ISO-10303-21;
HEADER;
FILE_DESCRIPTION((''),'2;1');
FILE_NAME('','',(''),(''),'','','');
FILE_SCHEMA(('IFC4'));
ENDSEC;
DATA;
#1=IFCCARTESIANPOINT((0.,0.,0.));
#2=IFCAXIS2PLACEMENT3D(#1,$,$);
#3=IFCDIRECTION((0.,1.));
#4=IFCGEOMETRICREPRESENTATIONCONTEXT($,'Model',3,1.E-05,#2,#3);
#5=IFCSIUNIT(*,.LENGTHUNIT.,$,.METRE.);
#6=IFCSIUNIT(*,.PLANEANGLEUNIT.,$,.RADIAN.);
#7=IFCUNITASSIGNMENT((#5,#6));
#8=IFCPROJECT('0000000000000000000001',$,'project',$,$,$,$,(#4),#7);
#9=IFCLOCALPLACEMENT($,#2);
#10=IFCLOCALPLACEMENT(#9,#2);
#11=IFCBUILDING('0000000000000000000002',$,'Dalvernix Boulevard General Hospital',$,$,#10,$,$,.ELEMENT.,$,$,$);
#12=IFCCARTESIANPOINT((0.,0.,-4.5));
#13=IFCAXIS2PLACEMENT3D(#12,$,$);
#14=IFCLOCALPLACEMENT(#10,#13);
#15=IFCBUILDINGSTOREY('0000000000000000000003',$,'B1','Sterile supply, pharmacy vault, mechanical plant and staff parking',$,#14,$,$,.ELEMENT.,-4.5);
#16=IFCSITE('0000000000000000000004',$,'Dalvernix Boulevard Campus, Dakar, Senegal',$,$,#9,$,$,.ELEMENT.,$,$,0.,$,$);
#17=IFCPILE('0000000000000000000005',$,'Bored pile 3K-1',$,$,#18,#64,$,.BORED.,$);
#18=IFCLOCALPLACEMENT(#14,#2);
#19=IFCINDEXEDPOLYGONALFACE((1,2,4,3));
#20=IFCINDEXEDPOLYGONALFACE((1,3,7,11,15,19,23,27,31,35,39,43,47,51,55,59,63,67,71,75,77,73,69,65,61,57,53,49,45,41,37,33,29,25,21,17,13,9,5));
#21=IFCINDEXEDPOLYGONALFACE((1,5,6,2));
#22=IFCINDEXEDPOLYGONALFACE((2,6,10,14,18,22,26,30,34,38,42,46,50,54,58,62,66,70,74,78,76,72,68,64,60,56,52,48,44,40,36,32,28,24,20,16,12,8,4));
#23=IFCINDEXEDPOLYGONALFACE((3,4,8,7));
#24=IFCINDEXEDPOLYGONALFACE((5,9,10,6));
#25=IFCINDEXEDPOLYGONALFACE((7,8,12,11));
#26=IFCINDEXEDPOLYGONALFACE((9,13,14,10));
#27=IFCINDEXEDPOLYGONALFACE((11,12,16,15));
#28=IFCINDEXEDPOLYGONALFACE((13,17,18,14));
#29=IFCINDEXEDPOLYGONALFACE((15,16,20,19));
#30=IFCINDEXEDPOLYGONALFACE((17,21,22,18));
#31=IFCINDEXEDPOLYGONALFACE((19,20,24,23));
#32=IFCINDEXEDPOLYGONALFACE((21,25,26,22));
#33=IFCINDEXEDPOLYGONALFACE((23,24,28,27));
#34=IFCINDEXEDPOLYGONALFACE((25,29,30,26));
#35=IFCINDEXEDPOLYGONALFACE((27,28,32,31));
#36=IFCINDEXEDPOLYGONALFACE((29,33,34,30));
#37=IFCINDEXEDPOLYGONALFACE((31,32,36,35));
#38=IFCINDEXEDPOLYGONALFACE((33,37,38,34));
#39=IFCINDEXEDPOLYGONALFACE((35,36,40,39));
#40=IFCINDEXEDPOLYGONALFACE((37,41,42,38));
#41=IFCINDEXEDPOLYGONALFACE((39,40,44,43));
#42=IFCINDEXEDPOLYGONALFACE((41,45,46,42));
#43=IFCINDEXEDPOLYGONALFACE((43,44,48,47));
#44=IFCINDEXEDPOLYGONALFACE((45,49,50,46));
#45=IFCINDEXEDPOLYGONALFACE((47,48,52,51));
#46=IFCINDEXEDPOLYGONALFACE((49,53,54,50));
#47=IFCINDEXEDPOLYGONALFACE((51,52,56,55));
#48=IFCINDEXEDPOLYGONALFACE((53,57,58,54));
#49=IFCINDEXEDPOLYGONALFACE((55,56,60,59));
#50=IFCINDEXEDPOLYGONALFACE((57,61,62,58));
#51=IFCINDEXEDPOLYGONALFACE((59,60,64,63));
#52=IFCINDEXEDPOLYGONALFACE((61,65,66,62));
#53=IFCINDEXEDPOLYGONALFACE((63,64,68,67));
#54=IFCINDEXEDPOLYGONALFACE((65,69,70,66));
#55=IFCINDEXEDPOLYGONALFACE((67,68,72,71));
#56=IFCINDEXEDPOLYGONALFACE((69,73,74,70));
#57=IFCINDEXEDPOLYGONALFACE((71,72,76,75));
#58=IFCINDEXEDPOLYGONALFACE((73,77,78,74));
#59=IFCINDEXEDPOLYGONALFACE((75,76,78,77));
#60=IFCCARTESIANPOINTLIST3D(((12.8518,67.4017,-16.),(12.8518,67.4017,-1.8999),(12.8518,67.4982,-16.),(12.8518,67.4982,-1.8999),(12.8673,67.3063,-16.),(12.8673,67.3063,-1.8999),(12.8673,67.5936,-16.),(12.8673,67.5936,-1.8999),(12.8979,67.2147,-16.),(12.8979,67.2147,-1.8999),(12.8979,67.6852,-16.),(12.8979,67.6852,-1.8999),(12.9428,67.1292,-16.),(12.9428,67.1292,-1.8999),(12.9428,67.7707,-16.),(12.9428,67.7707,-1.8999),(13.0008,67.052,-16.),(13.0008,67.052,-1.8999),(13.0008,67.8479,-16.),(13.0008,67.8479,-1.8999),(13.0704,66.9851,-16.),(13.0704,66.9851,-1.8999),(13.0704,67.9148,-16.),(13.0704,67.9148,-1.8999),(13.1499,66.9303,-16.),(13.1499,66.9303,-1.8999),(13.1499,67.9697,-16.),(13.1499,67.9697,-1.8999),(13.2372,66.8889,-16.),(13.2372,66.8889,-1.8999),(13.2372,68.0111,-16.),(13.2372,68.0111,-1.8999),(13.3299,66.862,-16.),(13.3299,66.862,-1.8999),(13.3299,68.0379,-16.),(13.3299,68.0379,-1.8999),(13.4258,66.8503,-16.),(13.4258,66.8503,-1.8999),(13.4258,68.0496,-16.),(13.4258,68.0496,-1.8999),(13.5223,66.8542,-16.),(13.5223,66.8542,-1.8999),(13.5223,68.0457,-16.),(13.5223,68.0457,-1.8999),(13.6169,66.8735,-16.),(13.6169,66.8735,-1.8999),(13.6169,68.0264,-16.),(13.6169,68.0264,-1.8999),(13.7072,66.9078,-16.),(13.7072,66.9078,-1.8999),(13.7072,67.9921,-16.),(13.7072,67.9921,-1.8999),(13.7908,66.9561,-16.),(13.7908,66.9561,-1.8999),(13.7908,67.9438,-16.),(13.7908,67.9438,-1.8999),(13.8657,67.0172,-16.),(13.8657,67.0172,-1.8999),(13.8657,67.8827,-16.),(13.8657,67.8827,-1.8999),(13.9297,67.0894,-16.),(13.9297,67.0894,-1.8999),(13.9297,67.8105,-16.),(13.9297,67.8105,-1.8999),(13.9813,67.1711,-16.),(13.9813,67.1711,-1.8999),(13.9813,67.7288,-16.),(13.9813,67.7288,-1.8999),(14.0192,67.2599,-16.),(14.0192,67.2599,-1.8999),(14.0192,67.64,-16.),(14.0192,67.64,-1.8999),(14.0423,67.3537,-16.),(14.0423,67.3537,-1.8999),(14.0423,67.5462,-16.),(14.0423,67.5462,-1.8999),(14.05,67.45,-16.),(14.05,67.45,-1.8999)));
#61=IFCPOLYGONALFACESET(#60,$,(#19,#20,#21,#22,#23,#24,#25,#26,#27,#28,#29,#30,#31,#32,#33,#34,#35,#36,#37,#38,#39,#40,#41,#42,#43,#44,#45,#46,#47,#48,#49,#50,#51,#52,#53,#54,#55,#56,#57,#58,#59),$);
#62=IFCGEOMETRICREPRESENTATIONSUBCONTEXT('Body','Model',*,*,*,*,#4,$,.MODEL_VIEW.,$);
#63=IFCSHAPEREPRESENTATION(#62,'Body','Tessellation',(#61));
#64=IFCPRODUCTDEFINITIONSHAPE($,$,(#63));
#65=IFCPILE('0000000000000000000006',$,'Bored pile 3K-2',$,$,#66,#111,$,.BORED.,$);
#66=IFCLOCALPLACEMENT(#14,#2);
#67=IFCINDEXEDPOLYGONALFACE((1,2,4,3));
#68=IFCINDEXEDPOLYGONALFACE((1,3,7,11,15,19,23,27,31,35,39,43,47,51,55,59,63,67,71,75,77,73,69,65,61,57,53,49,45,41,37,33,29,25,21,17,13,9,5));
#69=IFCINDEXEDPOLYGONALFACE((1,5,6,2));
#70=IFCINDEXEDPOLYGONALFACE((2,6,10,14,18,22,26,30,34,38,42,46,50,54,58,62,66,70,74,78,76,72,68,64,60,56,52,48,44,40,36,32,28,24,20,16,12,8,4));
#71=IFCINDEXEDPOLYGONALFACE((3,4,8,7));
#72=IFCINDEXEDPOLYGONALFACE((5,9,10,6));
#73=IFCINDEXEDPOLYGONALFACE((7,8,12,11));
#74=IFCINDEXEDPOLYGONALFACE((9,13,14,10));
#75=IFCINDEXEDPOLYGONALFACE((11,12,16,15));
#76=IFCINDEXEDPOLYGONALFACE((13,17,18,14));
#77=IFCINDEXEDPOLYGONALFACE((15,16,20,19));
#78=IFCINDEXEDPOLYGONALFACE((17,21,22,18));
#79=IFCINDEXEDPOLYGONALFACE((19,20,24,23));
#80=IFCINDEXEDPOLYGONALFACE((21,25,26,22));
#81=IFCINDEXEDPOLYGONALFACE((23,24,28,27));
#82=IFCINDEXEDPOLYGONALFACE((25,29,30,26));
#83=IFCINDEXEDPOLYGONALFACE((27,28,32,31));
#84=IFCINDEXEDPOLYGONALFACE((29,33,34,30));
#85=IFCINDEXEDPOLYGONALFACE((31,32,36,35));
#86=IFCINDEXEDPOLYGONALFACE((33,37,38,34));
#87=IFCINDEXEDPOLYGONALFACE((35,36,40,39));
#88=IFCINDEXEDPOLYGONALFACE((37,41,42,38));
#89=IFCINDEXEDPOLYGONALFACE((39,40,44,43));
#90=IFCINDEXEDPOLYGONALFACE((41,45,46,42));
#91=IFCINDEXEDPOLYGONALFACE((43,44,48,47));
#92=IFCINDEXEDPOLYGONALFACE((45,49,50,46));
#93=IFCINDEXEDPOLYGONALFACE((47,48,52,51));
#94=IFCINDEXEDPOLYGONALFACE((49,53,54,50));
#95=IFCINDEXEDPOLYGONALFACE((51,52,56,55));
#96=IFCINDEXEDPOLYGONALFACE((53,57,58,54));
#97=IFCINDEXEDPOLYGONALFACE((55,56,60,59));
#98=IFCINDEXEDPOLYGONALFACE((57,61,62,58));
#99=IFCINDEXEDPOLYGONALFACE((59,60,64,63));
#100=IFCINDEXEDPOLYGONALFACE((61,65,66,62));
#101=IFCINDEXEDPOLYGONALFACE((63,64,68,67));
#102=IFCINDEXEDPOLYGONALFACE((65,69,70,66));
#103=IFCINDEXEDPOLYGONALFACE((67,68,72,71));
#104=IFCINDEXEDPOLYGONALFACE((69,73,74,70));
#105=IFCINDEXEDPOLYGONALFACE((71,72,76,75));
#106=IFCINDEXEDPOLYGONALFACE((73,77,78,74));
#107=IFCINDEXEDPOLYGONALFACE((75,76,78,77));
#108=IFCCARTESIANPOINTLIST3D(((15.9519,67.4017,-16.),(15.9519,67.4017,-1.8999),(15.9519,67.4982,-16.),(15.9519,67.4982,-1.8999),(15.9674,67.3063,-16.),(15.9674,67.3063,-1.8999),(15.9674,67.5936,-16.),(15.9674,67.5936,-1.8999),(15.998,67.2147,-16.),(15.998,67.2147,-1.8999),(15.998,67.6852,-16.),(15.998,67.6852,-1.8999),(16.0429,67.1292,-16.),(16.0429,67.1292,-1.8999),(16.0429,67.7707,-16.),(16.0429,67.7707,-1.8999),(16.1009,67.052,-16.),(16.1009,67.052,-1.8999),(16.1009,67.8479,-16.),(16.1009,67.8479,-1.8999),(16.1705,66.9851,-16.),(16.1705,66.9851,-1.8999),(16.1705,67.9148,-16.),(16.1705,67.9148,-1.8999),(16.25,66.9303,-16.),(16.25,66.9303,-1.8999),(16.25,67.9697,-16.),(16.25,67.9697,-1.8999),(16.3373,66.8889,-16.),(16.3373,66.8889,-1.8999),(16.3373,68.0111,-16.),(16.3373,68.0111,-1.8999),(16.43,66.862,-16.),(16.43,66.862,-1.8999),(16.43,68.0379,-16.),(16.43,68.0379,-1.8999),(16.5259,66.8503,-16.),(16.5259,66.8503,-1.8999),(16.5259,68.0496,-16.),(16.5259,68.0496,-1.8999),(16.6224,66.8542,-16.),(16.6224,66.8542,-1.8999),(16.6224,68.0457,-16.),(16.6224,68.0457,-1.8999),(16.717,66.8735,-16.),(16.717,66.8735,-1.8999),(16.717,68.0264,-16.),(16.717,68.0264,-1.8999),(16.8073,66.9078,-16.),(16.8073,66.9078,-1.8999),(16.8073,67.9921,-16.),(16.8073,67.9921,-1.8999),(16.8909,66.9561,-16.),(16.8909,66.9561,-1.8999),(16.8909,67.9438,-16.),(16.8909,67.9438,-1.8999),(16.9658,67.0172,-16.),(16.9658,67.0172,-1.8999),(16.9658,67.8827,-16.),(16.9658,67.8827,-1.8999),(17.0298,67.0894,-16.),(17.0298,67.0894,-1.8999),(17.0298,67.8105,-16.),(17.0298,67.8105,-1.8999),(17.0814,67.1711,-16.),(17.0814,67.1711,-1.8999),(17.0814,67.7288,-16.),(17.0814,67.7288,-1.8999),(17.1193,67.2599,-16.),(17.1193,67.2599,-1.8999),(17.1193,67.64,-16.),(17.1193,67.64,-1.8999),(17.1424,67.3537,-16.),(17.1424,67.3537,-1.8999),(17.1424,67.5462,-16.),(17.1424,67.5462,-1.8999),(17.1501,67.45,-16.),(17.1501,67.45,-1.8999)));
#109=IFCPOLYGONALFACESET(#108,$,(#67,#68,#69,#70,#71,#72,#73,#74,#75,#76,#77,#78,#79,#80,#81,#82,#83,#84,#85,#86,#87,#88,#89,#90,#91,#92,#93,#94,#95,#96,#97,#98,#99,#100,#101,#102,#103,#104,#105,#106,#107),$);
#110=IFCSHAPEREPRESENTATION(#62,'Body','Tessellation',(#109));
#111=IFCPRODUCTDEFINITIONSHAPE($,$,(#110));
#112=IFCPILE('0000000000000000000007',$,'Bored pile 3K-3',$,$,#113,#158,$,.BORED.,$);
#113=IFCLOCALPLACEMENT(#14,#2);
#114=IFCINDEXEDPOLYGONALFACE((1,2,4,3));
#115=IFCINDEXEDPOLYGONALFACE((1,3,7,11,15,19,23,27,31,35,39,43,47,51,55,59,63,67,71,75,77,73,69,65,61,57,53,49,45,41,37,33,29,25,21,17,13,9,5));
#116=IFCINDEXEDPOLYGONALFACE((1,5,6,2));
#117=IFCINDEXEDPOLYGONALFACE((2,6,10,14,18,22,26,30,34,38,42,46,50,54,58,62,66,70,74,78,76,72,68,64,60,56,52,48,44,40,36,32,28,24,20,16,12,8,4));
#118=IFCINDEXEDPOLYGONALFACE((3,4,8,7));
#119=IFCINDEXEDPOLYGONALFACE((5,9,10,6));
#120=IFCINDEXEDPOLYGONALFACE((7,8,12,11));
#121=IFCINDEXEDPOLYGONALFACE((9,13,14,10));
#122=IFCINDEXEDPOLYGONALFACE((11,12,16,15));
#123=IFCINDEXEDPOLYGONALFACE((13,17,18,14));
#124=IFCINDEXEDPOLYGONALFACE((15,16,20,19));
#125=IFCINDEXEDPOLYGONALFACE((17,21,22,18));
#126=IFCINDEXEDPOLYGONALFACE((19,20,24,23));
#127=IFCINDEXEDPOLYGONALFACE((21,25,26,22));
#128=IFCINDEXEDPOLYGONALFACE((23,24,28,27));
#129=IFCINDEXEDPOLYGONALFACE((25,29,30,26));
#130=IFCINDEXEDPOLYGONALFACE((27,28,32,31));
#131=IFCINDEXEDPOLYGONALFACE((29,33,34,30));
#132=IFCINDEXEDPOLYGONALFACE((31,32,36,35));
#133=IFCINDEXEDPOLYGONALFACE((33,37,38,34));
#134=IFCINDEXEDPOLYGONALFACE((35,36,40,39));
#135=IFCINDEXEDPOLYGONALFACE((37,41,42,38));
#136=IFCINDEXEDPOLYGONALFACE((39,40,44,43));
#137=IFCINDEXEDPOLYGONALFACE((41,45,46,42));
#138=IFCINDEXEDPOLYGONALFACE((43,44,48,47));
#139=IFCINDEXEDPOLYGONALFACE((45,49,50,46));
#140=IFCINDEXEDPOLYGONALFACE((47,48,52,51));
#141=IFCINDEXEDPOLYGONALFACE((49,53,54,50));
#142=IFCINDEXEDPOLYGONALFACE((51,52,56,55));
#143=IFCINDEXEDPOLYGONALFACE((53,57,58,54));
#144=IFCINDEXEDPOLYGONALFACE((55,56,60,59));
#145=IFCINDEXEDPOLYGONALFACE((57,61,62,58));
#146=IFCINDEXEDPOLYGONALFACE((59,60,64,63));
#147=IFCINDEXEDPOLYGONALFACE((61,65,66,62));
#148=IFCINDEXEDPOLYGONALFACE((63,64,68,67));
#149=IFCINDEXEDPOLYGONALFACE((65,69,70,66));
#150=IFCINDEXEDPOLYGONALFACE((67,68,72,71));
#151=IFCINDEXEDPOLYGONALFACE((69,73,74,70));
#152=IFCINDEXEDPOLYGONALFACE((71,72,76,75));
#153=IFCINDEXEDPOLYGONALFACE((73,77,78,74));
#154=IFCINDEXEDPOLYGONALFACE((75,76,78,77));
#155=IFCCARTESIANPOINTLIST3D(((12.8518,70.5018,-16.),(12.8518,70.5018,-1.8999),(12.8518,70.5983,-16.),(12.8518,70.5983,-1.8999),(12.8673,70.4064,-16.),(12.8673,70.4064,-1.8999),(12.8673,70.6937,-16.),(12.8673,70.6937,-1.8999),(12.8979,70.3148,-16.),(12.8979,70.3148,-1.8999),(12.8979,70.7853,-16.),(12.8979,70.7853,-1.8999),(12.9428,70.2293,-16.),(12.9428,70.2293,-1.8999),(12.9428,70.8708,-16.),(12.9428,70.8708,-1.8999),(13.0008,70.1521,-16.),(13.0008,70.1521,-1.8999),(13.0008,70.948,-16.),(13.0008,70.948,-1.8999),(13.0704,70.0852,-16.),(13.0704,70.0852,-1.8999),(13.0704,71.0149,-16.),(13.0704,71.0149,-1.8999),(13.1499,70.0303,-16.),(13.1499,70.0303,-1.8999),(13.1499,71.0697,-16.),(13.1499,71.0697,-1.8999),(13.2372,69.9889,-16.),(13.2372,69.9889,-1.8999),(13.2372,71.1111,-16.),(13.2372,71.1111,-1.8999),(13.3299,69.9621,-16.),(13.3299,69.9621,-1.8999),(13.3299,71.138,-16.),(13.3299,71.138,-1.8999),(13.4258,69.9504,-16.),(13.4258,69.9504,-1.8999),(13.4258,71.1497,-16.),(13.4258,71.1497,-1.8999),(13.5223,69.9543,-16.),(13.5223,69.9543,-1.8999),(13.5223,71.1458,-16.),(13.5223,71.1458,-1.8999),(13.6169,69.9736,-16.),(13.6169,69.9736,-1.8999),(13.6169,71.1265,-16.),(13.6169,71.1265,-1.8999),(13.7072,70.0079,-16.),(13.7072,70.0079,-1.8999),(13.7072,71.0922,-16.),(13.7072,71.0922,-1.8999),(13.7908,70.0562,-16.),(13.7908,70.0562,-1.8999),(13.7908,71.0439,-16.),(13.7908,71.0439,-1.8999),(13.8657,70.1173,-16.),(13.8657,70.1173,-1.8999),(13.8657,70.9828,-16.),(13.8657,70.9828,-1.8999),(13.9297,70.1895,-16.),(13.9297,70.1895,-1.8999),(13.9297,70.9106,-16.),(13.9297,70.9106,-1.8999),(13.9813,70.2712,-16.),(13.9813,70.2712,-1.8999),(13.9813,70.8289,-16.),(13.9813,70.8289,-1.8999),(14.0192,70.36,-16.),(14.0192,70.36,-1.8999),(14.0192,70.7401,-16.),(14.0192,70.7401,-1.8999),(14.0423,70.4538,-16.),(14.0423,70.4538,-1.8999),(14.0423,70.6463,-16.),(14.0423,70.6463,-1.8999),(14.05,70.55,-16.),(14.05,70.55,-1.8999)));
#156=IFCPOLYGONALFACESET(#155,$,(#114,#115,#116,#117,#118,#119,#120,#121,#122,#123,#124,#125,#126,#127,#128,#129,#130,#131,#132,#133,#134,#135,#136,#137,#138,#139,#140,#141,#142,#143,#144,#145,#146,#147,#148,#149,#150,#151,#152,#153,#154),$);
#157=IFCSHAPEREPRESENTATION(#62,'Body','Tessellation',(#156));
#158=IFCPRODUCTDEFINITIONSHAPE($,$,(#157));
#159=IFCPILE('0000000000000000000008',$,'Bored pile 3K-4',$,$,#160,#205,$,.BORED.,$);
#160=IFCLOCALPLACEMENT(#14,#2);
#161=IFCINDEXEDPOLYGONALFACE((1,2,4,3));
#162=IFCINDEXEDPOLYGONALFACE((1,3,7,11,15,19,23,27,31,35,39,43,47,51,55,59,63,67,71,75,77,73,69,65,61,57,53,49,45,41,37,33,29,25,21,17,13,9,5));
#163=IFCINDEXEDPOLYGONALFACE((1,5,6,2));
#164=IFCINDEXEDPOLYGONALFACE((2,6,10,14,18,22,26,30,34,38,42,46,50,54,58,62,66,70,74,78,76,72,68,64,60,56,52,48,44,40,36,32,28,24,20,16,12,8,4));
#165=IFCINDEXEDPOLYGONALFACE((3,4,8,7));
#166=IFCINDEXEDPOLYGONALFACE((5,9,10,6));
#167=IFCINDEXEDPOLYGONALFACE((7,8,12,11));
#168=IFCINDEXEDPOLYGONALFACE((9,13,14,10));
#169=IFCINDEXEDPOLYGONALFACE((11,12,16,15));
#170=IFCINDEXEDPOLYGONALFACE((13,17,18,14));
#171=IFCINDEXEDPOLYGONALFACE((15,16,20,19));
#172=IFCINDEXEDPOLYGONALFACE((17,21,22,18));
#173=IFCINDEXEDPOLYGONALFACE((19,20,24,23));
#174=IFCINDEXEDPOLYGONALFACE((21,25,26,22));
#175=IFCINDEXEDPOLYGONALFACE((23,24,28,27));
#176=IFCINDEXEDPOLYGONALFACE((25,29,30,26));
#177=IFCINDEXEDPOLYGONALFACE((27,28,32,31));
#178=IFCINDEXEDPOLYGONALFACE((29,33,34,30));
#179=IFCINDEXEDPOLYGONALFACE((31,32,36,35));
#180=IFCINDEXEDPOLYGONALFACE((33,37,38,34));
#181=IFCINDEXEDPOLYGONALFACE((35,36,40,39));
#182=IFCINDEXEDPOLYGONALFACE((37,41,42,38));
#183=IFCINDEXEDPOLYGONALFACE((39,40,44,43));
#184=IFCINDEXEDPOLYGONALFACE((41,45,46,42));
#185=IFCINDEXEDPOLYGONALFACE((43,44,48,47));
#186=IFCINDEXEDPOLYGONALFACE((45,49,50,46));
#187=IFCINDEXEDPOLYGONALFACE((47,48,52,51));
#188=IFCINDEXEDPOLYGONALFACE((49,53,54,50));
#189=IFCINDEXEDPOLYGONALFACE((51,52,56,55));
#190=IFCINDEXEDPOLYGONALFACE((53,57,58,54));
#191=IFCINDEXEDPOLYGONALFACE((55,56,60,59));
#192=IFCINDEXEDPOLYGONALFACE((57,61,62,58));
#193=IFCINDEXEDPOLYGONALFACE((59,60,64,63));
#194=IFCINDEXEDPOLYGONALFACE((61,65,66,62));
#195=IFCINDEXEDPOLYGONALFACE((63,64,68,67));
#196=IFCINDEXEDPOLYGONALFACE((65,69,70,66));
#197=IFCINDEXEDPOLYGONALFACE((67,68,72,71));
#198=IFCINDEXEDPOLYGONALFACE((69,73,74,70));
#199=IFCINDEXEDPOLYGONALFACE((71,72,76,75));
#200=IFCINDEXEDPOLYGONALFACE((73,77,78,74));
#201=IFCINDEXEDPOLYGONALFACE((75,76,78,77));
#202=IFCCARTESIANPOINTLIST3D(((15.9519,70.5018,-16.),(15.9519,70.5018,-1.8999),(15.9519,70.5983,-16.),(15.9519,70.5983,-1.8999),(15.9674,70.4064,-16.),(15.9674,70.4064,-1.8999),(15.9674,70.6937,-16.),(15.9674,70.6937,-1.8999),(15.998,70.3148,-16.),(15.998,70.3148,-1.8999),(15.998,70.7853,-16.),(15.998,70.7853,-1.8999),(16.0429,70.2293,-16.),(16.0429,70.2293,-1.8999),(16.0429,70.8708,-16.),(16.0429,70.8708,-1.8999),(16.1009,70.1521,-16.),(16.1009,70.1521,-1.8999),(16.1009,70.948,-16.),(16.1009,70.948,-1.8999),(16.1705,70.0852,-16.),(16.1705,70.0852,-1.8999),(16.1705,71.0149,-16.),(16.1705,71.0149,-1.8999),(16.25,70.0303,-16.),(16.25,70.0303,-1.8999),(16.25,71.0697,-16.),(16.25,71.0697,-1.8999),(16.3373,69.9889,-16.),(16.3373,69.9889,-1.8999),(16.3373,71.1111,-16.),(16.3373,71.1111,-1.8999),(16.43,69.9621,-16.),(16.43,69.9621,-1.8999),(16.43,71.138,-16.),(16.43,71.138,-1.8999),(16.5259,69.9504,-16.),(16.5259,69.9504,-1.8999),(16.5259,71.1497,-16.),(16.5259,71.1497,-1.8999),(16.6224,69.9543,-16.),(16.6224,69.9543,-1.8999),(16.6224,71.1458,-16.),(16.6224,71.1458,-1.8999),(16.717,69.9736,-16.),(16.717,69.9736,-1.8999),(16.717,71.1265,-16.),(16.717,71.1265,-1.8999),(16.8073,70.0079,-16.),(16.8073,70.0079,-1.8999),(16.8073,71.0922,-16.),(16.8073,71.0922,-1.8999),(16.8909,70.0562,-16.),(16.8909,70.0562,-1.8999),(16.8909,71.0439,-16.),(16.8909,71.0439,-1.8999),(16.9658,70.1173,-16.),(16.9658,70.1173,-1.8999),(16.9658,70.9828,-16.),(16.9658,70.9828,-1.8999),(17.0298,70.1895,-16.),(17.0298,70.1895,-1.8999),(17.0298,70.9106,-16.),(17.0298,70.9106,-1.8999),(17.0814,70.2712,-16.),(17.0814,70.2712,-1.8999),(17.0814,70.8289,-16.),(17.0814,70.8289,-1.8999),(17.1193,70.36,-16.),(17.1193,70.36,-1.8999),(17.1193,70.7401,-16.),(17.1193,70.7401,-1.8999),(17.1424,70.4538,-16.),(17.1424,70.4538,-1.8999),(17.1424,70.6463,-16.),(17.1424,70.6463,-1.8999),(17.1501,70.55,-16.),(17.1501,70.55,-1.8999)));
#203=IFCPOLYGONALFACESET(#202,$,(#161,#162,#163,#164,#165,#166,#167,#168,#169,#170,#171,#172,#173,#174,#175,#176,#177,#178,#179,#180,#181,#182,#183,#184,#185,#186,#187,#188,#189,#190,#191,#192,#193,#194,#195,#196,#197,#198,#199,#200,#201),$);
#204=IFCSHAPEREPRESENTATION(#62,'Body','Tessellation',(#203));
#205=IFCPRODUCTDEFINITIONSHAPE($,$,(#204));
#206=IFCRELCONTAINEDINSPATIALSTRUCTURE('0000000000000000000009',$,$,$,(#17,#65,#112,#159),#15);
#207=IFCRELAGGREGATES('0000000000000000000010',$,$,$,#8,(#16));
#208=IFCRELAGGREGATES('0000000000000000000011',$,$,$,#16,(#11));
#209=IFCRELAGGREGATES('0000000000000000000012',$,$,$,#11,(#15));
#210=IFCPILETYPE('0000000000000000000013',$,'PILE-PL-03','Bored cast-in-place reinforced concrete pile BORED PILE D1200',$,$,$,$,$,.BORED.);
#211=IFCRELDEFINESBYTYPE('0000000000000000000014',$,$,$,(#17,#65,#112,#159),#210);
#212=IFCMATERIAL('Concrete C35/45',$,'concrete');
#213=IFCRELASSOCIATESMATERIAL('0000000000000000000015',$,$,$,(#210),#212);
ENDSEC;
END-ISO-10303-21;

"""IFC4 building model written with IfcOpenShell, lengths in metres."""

from ifc_helpers import new_model, si_unit, direction, frame, origin, origin_2d, place, context, subcontext, project, spatial, circle, extrude, material, material_profile, profile_set, type_object, element, save


model = new_model("IFC4")

# Units and contexts
model_context = context("Model", 3, precision=1e-05, world=origin(), true_north=direction((0.0, 1.0)))
body_context = subcontext(model_context, "Body", "Model", "MODEL_VIEW")
ifc_project = project(units=[si_unit("LENGTHUNIT", "METRE"), si_unit("PLANEANGLEUNIT", "RADIAN")], contexts=[model_context])

# Site, building, storey
site_placement = place(None, origin())
site = spatial("IfcSite", under=ifc_project, at=site_placement, Name="Dalvernix Boulevard Campus, Dakar, Senegal", CompositionType="ELEMENT", RefElevation=0.0)
building_placement = place(site_placement, origin())
building = spatial("IfcBuilding", under=site, at=building_placement, Name="Dalvernix Boulevard General Hospital", CompositionType="ELEMENT")
storey_placement = place(building_placement, frame((0.0, 0.0, -4.5)))
storey = spatial("IfcBuildingStorey", under=building, at=storey_placement, Name="B1", Description="Sterile supply, pharmacy vault, mechanical plant and staff parking", CompositionType="ELEMENT", Elevation=-4.5)

# Shared definitions
ifc_material_1 = material(Name="Concrete C35/45", Category="concrete")

# Piles
ifc_material_profile_1 = material_profile(ifc_material_1, circle(Radius=0.6001, at=origin_2d()), Name="BORED PILE D1200")
ifc_profile_set_1 = profile_set([ifc_material_profile_1], Name="Concrete C35/45")
pile_type = type_object("IfcPileType", Name="PILE-PL-03", Description="Bored cast-in-place reinforced concrete pile BORED PILE D1200", PredefinedType="BORED", material=ifc_profile_set_1)
for number, where, z_axis, x_axis, name in (
    (1, (13.45, 67.45, -1.8999), (0.0, 0.0, -1.0), (1.0, 0.0, 0.0), "Bored pile 3K-1"),
    (2, (16.55, 67.45, -1.8999), (0.0, 0.0, -1.0), (1.0, 0.0, 0.0), "Bored pile 3K-2"),
    (3, (13.45, 70.55, -1.8999), (0.0, 0.0, -1.0), (1.0, 0.0, 0.0), "Bored pile 3K-3"),
    (4, (16.55, 70.55, -1.8999), (0.0, 0.0, -1.0), (1.0, 0.0, 0.0), "Bored pile 3K-4"),
):
    element("IfcPile", number, at=place(storey_placement, frame(where, z_axis=z_axis, x_axis=x_axis)), inside=storey, type_object=pile_type, Name=name, PredefinedType="BORED", context=body_context, shape_type="SweptSolid", body=[
        extrude(circle(Radius=0.6001, at=origin_2d()), origin(), (0.0, 0.0, 1.0), 14.1001),
    ])

save(model, "model.ifc")
